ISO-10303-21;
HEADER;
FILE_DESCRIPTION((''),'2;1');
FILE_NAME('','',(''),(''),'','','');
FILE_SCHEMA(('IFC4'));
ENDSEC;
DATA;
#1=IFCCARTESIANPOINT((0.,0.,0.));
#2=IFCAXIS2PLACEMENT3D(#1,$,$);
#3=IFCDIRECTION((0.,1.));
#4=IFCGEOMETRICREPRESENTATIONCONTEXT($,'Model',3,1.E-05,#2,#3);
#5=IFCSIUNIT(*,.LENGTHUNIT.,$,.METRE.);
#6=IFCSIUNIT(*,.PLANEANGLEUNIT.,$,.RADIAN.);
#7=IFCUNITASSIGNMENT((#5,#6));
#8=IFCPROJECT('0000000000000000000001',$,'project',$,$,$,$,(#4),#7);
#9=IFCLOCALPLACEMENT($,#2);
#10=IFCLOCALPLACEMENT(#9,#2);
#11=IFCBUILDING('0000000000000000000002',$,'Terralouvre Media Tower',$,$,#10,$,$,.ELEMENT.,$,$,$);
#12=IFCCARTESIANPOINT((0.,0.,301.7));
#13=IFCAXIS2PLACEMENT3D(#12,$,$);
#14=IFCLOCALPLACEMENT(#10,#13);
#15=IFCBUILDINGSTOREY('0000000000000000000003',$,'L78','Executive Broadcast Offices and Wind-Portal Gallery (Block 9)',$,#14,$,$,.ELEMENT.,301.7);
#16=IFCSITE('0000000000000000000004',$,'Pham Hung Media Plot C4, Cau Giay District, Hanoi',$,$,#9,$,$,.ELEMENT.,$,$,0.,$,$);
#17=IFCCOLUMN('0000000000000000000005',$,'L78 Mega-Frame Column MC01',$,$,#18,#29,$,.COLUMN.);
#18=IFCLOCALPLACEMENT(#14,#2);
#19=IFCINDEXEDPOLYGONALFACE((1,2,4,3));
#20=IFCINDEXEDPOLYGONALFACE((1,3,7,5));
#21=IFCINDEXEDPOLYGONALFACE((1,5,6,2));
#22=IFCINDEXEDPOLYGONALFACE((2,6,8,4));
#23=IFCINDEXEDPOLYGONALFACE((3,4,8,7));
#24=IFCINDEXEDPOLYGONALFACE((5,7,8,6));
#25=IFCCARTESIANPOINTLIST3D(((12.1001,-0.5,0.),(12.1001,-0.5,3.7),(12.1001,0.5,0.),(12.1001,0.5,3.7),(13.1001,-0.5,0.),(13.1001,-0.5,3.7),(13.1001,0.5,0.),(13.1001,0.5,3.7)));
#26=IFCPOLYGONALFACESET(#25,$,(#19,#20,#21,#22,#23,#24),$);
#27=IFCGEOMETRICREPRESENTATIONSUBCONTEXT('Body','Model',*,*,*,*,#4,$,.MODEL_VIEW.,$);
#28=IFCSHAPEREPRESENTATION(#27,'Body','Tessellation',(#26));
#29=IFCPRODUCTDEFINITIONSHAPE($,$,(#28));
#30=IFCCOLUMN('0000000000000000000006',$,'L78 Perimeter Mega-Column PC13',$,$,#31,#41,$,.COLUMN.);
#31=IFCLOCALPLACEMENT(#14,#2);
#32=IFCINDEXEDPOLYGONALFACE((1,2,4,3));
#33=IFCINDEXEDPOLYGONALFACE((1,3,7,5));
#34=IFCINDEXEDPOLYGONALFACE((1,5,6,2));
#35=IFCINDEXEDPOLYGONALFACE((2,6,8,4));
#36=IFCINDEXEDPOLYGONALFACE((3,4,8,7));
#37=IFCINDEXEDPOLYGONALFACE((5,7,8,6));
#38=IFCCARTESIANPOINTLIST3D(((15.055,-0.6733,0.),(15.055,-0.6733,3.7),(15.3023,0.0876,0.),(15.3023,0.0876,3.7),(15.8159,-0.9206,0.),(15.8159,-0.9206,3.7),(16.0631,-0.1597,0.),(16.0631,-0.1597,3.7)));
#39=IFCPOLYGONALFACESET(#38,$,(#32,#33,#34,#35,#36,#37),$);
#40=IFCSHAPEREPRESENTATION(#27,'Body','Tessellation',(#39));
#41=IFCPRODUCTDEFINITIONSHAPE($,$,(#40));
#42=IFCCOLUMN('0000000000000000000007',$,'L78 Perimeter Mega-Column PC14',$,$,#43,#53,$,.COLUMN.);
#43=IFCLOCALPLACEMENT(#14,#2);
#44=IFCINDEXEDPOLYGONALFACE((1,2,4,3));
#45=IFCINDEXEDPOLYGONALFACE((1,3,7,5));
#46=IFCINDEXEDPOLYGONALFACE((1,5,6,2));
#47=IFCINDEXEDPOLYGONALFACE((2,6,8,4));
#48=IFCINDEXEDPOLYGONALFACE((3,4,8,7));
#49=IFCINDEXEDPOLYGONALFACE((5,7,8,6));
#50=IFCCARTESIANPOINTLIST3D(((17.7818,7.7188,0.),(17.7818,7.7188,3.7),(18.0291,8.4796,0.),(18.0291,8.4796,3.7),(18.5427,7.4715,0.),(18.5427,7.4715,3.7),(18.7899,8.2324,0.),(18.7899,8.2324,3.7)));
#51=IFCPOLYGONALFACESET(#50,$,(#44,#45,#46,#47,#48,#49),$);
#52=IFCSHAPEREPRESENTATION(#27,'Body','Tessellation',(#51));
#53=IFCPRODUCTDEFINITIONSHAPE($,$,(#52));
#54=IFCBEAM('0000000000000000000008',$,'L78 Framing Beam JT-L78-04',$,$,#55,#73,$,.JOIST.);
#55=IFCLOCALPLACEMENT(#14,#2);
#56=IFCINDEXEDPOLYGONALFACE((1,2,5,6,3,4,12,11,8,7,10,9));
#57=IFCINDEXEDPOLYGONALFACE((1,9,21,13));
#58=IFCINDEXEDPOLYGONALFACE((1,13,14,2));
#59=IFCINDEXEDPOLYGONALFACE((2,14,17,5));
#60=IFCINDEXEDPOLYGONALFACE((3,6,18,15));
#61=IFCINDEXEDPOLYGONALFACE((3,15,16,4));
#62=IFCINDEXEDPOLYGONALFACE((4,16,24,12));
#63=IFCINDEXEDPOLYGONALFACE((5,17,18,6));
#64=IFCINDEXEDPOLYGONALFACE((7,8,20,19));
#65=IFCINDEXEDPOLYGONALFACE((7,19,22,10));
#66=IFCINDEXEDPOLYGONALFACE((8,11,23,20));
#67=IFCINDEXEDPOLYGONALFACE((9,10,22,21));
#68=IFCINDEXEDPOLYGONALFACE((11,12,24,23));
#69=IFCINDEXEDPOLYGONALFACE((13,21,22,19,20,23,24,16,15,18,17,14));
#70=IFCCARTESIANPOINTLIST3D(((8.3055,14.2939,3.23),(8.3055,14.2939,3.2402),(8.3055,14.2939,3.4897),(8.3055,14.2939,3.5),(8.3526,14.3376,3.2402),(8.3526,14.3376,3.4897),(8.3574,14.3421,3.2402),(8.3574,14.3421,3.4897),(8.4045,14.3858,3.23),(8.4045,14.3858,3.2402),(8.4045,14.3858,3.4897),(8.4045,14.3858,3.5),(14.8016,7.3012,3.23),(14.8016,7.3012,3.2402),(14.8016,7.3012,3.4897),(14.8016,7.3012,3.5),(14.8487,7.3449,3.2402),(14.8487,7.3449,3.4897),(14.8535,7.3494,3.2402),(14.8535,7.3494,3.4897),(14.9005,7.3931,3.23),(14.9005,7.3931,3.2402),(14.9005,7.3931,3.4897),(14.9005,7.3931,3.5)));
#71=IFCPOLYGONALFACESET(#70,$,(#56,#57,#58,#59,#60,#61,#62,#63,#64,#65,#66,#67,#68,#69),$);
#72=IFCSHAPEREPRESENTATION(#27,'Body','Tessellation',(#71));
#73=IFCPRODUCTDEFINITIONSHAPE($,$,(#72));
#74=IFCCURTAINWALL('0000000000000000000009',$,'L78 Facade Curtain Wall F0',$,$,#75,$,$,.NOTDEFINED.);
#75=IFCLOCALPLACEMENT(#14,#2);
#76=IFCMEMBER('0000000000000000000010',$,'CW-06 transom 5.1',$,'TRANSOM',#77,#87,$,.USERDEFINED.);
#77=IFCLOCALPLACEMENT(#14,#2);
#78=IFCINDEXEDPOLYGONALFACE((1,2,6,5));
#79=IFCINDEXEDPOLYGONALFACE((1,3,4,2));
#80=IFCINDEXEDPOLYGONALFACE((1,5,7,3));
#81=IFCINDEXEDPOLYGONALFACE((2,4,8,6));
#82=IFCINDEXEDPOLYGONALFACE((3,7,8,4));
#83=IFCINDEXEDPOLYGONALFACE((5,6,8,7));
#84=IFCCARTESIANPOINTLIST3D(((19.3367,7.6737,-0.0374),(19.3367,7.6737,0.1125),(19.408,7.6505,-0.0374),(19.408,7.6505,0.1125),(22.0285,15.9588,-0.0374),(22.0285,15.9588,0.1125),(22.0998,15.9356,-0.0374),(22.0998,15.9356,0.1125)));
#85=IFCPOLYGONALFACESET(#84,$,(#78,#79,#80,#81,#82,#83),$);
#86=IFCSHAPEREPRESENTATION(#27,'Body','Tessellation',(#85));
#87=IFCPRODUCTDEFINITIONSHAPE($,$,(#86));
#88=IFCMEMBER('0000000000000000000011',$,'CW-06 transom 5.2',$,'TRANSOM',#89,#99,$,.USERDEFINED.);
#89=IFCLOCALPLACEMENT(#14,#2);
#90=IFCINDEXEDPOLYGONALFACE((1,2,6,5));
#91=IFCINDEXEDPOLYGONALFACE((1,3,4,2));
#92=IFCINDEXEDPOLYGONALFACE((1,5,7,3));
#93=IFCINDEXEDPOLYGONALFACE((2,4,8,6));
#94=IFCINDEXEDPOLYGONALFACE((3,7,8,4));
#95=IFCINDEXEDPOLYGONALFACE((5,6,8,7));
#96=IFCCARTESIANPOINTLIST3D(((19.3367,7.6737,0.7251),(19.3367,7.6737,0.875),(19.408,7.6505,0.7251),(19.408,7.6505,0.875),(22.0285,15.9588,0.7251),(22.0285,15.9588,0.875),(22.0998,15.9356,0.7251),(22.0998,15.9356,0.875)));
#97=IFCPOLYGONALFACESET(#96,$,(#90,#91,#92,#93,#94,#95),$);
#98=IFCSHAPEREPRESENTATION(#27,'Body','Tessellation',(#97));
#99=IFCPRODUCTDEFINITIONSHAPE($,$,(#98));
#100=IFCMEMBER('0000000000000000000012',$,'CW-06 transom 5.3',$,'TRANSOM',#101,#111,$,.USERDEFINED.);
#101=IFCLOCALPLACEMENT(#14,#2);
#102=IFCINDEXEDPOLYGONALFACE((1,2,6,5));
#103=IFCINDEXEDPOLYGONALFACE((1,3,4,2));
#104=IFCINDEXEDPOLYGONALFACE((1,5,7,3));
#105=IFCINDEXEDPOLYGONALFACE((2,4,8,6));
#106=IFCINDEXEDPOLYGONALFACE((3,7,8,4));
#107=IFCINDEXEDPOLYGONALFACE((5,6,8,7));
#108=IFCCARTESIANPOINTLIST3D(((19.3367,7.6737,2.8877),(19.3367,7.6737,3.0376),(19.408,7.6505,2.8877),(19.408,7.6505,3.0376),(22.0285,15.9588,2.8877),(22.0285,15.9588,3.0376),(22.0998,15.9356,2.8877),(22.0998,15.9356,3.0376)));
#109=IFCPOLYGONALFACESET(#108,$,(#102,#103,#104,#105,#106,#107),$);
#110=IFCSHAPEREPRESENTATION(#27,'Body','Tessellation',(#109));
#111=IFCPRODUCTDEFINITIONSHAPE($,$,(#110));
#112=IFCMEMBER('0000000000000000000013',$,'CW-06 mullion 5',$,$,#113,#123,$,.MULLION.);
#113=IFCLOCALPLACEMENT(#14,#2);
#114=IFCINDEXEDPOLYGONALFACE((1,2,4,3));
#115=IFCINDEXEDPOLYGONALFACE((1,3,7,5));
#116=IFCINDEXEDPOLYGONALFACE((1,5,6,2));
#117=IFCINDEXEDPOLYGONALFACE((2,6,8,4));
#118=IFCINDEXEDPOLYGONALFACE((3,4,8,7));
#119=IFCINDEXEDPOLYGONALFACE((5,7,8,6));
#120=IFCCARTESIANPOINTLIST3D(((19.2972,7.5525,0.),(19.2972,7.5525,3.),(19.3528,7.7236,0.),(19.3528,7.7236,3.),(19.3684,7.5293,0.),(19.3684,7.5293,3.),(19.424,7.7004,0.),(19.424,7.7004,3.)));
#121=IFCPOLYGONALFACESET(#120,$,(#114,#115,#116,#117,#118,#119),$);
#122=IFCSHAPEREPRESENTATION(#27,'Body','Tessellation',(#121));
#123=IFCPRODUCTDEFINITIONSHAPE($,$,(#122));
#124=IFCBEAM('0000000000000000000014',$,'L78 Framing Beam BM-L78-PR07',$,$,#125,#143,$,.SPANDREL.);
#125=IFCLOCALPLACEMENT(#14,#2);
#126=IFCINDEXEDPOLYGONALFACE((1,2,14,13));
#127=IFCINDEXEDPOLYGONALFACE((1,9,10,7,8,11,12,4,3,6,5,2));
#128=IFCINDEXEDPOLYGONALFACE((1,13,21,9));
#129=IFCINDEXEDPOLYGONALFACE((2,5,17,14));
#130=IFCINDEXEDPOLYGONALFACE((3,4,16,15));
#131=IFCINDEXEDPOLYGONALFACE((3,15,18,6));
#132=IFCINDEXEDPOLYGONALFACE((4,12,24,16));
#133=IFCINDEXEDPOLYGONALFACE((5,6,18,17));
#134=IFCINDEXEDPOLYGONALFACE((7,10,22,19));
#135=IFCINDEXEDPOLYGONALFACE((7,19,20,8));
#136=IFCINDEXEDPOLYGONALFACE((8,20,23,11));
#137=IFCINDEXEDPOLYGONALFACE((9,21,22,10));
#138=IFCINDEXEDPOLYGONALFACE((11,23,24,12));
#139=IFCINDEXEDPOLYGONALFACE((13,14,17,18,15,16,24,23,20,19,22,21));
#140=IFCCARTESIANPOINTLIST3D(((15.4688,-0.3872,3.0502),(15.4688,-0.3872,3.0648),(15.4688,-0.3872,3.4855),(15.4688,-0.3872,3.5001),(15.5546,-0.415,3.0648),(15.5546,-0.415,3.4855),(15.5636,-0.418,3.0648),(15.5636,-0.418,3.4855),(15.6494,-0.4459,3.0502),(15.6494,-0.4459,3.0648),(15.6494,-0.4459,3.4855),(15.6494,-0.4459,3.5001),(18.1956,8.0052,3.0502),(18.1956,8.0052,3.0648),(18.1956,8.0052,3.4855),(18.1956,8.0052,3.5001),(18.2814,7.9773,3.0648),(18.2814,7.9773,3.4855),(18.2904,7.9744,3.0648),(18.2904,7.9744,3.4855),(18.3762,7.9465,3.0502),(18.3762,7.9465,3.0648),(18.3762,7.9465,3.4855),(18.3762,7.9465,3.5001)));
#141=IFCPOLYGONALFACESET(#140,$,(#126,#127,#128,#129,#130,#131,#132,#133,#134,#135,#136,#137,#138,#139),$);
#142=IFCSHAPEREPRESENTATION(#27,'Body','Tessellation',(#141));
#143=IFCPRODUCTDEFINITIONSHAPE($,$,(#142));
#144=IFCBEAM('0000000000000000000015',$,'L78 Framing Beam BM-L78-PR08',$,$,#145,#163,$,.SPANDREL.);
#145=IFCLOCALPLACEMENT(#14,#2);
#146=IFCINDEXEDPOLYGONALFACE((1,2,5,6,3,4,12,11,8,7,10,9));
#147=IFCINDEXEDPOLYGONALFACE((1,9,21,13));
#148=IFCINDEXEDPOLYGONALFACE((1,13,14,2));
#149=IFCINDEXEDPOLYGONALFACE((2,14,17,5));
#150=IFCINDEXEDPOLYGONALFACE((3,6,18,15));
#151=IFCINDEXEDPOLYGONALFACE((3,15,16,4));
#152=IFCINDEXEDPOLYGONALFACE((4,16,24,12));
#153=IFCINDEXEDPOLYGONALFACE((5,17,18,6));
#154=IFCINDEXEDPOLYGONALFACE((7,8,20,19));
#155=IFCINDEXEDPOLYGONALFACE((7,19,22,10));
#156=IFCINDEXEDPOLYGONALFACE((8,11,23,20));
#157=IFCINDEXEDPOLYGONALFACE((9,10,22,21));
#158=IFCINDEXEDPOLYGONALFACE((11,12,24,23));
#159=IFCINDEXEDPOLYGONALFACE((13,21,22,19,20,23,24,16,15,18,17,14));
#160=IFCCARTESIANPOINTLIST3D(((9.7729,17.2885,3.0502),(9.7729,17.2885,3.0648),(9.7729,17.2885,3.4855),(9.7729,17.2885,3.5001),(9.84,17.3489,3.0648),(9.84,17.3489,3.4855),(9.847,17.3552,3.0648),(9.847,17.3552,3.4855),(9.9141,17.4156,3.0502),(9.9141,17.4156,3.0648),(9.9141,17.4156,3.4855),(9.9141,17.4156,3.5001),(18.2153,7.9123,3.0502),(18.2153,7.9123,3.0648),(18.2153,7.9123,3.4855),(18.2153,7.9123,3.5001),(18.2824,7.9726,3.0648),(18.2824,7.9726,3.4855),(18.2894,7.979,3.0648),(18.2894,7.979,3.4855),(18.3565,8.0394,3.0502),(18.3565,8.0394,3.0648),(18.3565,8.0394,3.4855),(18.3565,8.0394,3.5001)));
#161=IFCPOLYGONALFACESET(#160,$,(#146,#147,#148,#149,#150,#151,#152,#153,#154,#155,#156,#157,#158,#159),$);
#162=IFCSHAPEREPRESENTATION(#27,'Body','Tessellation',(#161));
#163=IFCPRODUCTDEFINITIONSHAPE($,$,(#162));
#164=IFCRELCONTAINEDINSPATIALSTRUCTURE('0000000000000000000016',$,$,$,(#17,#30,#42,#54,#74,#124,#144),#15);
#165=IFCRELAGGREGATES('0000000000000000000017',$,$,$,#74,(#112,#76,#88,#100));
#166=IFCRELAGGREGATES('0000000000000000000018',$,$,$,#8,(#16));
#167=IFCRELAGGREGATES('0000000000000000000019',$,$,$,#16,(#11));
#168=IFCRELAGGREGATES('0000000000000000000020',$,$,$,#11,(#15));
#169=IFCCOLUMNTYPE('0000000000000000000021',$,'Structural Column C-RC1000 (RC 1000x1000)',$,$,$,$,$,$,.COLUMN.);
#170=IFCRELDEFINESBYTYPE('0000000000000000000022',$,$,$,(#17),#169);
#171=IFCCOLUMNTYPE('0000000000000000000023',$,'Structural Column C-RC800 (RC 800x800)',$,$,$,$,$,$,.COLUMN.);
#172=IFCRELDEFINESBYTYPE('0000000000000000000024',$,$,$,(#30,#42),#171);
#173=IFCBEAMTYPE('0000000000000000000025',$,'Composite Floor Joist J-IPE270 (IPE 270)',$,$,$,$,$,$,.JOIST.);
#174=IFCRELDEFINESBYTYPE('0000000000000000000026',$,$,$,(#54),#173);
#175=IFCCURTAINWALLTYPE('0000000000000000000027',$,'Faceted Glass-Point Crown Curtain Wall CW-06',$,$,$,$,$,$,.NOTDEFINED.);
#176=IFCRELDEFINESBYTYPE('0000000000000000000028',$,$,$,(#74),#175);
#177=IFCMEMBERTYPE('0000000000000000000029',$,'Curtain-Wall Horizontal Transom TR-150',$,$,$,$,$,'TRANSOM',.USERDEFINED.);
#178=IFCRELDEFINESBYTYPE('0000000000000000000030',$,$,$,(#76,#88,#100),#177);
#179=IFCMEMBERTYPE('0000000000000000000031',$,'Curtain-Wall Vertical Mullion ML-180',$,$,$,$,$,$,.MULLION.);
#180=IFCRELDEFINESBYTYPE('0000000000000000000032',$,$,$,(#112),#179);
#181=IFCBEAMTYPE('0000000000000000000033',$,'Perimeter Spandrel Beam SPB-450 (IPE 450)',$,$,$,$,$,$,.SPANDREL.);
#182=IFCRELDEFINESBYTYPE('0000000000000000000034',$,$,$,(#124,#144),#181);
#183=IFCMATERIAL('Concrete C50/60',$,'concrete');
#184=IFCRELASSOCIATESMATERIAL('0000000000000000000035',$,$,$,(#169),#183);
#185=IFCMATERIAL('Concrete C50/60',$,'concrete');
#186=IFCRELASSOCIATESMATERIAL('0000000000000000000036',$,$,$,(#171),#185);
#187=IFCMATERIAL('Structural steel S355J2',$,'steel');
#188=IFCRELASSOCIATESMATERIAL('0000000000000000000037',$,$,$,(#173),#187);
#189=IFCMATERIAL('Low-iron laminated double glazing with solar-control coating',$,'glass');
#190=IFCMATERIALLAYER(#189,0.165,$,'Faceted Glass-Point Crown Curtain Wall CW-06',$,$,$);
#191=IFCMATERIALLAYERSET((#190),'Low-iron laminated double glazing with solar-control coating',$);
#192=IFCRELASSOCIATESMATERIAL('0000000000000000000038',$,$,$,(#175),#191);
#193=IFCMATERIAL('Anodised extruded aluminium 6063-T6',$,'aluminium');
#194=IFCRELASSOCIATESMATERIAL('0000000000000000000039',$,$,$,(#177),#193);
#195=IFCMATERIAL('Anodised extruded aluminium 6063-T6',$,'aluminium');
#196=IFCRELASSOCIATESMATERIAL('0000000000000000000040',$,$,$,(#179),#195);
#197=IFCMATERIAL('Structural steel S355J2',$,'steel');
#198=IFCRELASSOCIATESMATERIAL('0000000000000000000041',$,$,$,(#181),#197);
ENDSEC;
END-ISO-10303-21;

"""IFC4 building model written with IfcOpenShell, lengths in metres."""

from ifc_helpers import new_model, si_unit, direction, frame, origin, origin_2d, place, context, subcontext, project, spatial, rectangle, i_section, extrude, material, layer, layer_set, material_profile, profile_set, type_object, element, aggregate, save


model = new_model("IFC4")

# Units and contexts
model_context = context("Model", 3, precision=1e-05, world=origin(), true_north=direction((0.0, 1.0)))
body_context = subcontext(model_context, "Body", "Model", "MODEL_VIEW")
ifc_project = project(units=[si_unit("LENGTHUNIT", "METRE"), si_unit("PLANEANGLEUNIT", "RADIAN")], contexts=[model_context])

# Site, building, storey
site_placement = place(None, origin())
site = spatial("IfcSite", under=ifc_project, at=site_placement, Name="Pham Hung Media Plot C4, Cau Giay District, Hanoi", CompositionType="ELEMENT", RefElevation=0.0)
building_placement = place(site_placement, origin())
building = spatial("IfcBuilding", under=site, at=building_placement, Name="Terralouvre Media Tower", CompositionType="ELEMENT")
storey_placement = place(building_placement, frame((0.0, 0.0, 301.7)))
storey = spatial("IfcBuildingStorey", under=building, at=storey_placement, Name="L78", Description="Executive Broadcast Offices and Wind-Portal Gallery (Block 9)", CompositionType="ELEMENT", Elevation=301.7)

# Columns
ifc_material_1 = material(Name="Concrete C50/60", Category="concrete")
ifc_material_profile_1 = material_profile(ifc_material_1, rectangle(XDim=1.0, YDim=1.0, at=origin_2d()), Name="RC 1000x1000")
ifc_profile_set_1 = profile_set([ifc_material_profile_1], Name="Concrete C50/60")
column_type_1 = type_object("IfcColumnType", Name="Structural Column C-RC1000 (RC 1000x1000)", PredefinedType="COLUMN", material=ifc_profile_set_1)
column_placement = place(storey_placement, frame((12.6001, 0.0, 0.0), z_axis=(0.0, 0.0, 1.0), x_axis=(1.0, 0.0, 0.0)))
element("IfcColumn", 1, at=column_placement, inside=storey, type_object=column_type_1, Name="L78 Mega-Frame Column MC01", PredefinedType="COLUMN", context=body_context, shape_type="SweptSolid", body=[
    extrude(rectangle(XDim=1.0, YDim=1.0, at=origin_2d()), origin(), (0.0, 0.0, 1.0), 3.7),
])
ifc_material_2 = material(Name="Concrete C50/60", Category="concrete")
ifc_material_profile_2 = material_profile(ifc_material_2, rectangle(XDim=0.8, YDim=0.8, at=origin_2d()), Name="RC 800x800")
ifc_profile_set_2 = profile_set([ifc_material_profile_2], Name="Concrete C50/60")
column_type_2 = type_object("IfcColumnType", Name="Structural Column C-RC800 (RC 800x800)", PredefinedType="COLUMN", material=ifc_profile_set_2)
for number, where, z_axis, x_axis, name in (
    (2, (15.5591, -0.4165, 0.0), (0.0, 0.0, 1.0), (0.309017, 0.951057, 0.0), "L78 Perimeter Mega-Column PC13"),
    (3, (18.2859, 7.9756, 0.0), (0.0, 0.0, 1.0), (0.309017, 0.951057, 0.0), "L78 Perimeter Mega-Column PC14"),
):
    element("IfcColumn", number, at=place(storey_placement, frame(where, z_axis=z_axis, x_axis=x_axis)), inside=storey, type_object=column_type_2, Name=name, PredefinedType="COLUMN", context=body_context, shape_type="SweptSolid", body=[
        extrude(rectangle(XDim=0.8, YDim=0.8, at=origin_2d()), origin(), (0.0, 0.0, 1.0), 3.7),
    ])

# Beam
ifc_material_3 = material(Name="Structural steel S355J2", Category="steel")
ifc_material_profile_3 = material_profile(ifc_material_3, i_section(OverallWidth=0.135, OverallDepth=0.27, WebThickness=0.0066, FlangeThickness=0.0103, at=origin_2d()), Name="IPE 270")
ifc_profile_set_3 = profile_set([ifc_material_profile_3], Name="Structural steel S355J2")
beam_type_1 = type_object("IfcBeamType", Name="Composite Floor Joist J-IPE270 (IPE 270)", PredefinedType="JOIST", material=ifc_profile_set_3)
beam_1_placement = place(storey_placement, frame((14.8511, 7.3472, 3.365), z_axis=(-0.680614, 0.732642, 0.0), x_axis=(-0.732642, -0.680614, 0.0)))
element("IfcBeam", 4, at=beam_1_placement, inside=storey, type_object=beam_type_1, Name="L78 Framing Beam JT-L78-04", PredefinedType="JOIST", context=body_context, shape_type="SweptSolid", body=[
    extrude(i_section(OverallWidth=0.135, OverallDepth=0.27, WebThickness=0.0066, FlangeThickness=0.0103, at=origin_2d()), origin(), (0.0, 0.0, 1.0), 9.5444),
])

# Curtain wall, members
ifc_material_4 = material(Name="Low-iron laminated double glazing with solar-control coating", Category="glass")
ifc_layer_1 = layer(ifc_material_4, 0.165, Name="Faceted Glass-Point Crown Curtain Wall CW-06")
ifc_layer_set_1 = layer_set([ifc_layer_1], Name="Low-iron laminated double glazing with solar-control coating")
curtain_wall_type = type_object("IfcCurtainWallType", Name="Faceted Glass-Point Crown Curtain Wall CW-06", PredefinedType="NOTDEFINED", material=ifc_layer_set_1)
curtain_wall_placement = place(storey_placement, origin())
curtain_wall = element("IfcCurtainWall", 5, at=curtain_wall_placement, inside=storey, type_object=curtain_wall_type, Name="L78 Facade Curtain Wall F0", PredefinedType="NOTDEFINED")
ifc_material_5 = material(Name="Anodised extruded aluminium 6063-T6", Category="aluminium")
ifc_material_profile_4 = material_profile(ifc_material_5, rectangle(XDim=0.075, YDim=0.1499, at=origin_2d()), Name="ALU 75x150")
ifc_profile_set_4 = profile_set([ifc_material_profile_4], Name="Anodised extruded aluminium 6063-T6")
member_type_1 = type_object("IfcMemberType", Name="Curtain-Wall Horizontal Transom TR-150", ElementType="TRANSOM", PredefinedType="USERDEFINED", material=ifc_profile_set_4)
member_1_placement = place(storey_placement, frame((19.3723, 7.6621, 0.0376), z_axis=(0.309005, 0.95106, 0.0), x_axis=(-0.95106, 0.309005, 0.0)))
member_1 = element("IfcMember", 6, at=member_1_placement, type_object=member_type_1, Name="CW-06 transom 5.1", ObjectType="TRANSOM", PredefinedType="USERDEFINED", context=body_context, shape_type="SweptSolid", body=[
    extrude(rectangle(XDim=0.075, YDim=0.1499, at=origin_2d()), origin(), (0.0, 0.0, 1.0), 8.7114),
])
member_2_placement = place(storey_placement, frame((19.3723, 7.6621, 0.8), z_axis=(0.309005, 0.95106, 0.0), x_axis=(-0.95106, 0.309005, 0.0)))
member_2 = element("IfcMember", 7, at=member_2_placement, type_object=member_type_1, Name="CW-06 transom 5.2", ObjectType="TRANSOM", PredefinedType="USERDEFINED", context=body_context, shape_type="SweptSolid", body=[
    extrude(rectangle(XDim=0.075, YDim=0.1499, at=origin_2d()), origin(), (0.0, 0.0, 1.0), 8.7114),
])
member_3_placement = place(storey_placement, frame((19.3723, 7.6621, 2.9626), z_axis=(0.309005, 0.95106, 0.0), x_axis=(-0.95106, 0.309005, 0.0)))
member_3 = element("IfcMember", 8, at=member_3_placement, type_object=member_type_1, Name="CW-06 transom 5.3", ObjectType="TRANSOM", PredefinedType="USERDEFINED", context=body_context, shape_type="SweptSolid", body=[
    extrude(rectangle(XDim=0.075, YDim=0.1499, at=origin_2d()), origin(), (0.0, 0.0, 1.0), 8.7114),
])
ifc_material_6 = material(Name="Anodised extruded aluminium 6063-T6", Category="aluminium")
ifc_material_profile_5 = material_profile(ifc_material_6, rectangle(XDim=0.075, YDim=0.1799, at=origin_2d()), Name="ALU 75x180")
ifc_profile_set_5 = profile_set([ifc_material_profile_5], Name="Anodised extruded aluminium 6063-T6")
member_type_2 = type_object("IfcMemberType", Name="Curtain-Wall Vertical Mullion ML-180", PredefinedType="MULLION", material=ifc_profile_set_5)
member_4_placement = place(storey_placement, frame((19.3606, 7.6265, 0.0), z_axis=(0.0, 0.0, 1.0), x_axis=(-0.951057, 0.309017, 0.0)))
member_4 = element("IfcMember", 9, at=member_4_placement, type_object=member_type_2, Name="CW-06 mullion 5", PredefinedType="MULLION", context=body_context, shape_type="SweptSolid", body=[
    extrude(rectangle(XDim=0.075, YDim=0.1799, at=origin_2d()), origin(), (0.0, 0.0, 1.0), 3.0),
])

# Beams
ifc_material_7 = material(Name="Structural steel S355J2", Category="steel")
ifc_material_profile_6 = material_profile(ifc_material_7, i_section(OverallWidth=0.1899, OverallDepth=0.45, WebThickness=0.0095, FlangeThickness=0.0146, at=origin_2d()), Name="IPE 450")
ifc_profile_set_6 = profile_set([ifc_material_profile_6], Name="Structural steel S355J2")
beam_type_2 = type_object("IfcBeamType", Name="Perimeter Spandrel Beam SPB-450 (IPE 450)", PredefinedType="SPANDREL", material=ifc_profile_set_6)
beam_2_placement = place(storey_placement, frame((15.5591, -0.4165, 3.2751), z_axis=(0.309014, 0.951057, 0.0), x_axis=(-0.951057, 0.309014, 0.0)))
element("IfcBeam", 10, at=beam_2_placement, inside=storey, type_object=beam_type_2, Name="L78 Framing Beam BM-L78-PR07", PredefinedType="SPANDREL", context=body_context, shape_type="SweptSolid", body=[
    extrude(i_section(OverallWidth=0.1899, OverallDepth=0.45, WebThickness=0.0095, FlangeThickness=0.0146, at=origin_2d()), origin(), (0.0, 0.0, 1.0), 8.8242),
])
beam_3_placement = place(storey_placement, frame((18.2859, 7.9758, 3.2751), z_axis=(-0.66913, 0.743145, 0.0), x_axis=(-0.743145, -0.66913, 0.0)))
element("IfcBeam", 11, at=beam_3_placement, inside=storey, type_object=beam_type_2, Name="L78 Framing Beam BM-L78-PR08", PredefinedType="SPANDREL", context=body_context, shape_type="SweptSolid", body=[
    extrude(i_section(OverallWidth=0.1899, OverallDepth=0.45, WebThickness=0.0095, FlangeThickness=0.0146, at=origin_2d()), origin(), (0.0, 0.0, 1.0), 12.6169),
])

aggregate(curtain_wall, [member_4, member_1, member_2, member_3])

save(model, "model.ifc")
